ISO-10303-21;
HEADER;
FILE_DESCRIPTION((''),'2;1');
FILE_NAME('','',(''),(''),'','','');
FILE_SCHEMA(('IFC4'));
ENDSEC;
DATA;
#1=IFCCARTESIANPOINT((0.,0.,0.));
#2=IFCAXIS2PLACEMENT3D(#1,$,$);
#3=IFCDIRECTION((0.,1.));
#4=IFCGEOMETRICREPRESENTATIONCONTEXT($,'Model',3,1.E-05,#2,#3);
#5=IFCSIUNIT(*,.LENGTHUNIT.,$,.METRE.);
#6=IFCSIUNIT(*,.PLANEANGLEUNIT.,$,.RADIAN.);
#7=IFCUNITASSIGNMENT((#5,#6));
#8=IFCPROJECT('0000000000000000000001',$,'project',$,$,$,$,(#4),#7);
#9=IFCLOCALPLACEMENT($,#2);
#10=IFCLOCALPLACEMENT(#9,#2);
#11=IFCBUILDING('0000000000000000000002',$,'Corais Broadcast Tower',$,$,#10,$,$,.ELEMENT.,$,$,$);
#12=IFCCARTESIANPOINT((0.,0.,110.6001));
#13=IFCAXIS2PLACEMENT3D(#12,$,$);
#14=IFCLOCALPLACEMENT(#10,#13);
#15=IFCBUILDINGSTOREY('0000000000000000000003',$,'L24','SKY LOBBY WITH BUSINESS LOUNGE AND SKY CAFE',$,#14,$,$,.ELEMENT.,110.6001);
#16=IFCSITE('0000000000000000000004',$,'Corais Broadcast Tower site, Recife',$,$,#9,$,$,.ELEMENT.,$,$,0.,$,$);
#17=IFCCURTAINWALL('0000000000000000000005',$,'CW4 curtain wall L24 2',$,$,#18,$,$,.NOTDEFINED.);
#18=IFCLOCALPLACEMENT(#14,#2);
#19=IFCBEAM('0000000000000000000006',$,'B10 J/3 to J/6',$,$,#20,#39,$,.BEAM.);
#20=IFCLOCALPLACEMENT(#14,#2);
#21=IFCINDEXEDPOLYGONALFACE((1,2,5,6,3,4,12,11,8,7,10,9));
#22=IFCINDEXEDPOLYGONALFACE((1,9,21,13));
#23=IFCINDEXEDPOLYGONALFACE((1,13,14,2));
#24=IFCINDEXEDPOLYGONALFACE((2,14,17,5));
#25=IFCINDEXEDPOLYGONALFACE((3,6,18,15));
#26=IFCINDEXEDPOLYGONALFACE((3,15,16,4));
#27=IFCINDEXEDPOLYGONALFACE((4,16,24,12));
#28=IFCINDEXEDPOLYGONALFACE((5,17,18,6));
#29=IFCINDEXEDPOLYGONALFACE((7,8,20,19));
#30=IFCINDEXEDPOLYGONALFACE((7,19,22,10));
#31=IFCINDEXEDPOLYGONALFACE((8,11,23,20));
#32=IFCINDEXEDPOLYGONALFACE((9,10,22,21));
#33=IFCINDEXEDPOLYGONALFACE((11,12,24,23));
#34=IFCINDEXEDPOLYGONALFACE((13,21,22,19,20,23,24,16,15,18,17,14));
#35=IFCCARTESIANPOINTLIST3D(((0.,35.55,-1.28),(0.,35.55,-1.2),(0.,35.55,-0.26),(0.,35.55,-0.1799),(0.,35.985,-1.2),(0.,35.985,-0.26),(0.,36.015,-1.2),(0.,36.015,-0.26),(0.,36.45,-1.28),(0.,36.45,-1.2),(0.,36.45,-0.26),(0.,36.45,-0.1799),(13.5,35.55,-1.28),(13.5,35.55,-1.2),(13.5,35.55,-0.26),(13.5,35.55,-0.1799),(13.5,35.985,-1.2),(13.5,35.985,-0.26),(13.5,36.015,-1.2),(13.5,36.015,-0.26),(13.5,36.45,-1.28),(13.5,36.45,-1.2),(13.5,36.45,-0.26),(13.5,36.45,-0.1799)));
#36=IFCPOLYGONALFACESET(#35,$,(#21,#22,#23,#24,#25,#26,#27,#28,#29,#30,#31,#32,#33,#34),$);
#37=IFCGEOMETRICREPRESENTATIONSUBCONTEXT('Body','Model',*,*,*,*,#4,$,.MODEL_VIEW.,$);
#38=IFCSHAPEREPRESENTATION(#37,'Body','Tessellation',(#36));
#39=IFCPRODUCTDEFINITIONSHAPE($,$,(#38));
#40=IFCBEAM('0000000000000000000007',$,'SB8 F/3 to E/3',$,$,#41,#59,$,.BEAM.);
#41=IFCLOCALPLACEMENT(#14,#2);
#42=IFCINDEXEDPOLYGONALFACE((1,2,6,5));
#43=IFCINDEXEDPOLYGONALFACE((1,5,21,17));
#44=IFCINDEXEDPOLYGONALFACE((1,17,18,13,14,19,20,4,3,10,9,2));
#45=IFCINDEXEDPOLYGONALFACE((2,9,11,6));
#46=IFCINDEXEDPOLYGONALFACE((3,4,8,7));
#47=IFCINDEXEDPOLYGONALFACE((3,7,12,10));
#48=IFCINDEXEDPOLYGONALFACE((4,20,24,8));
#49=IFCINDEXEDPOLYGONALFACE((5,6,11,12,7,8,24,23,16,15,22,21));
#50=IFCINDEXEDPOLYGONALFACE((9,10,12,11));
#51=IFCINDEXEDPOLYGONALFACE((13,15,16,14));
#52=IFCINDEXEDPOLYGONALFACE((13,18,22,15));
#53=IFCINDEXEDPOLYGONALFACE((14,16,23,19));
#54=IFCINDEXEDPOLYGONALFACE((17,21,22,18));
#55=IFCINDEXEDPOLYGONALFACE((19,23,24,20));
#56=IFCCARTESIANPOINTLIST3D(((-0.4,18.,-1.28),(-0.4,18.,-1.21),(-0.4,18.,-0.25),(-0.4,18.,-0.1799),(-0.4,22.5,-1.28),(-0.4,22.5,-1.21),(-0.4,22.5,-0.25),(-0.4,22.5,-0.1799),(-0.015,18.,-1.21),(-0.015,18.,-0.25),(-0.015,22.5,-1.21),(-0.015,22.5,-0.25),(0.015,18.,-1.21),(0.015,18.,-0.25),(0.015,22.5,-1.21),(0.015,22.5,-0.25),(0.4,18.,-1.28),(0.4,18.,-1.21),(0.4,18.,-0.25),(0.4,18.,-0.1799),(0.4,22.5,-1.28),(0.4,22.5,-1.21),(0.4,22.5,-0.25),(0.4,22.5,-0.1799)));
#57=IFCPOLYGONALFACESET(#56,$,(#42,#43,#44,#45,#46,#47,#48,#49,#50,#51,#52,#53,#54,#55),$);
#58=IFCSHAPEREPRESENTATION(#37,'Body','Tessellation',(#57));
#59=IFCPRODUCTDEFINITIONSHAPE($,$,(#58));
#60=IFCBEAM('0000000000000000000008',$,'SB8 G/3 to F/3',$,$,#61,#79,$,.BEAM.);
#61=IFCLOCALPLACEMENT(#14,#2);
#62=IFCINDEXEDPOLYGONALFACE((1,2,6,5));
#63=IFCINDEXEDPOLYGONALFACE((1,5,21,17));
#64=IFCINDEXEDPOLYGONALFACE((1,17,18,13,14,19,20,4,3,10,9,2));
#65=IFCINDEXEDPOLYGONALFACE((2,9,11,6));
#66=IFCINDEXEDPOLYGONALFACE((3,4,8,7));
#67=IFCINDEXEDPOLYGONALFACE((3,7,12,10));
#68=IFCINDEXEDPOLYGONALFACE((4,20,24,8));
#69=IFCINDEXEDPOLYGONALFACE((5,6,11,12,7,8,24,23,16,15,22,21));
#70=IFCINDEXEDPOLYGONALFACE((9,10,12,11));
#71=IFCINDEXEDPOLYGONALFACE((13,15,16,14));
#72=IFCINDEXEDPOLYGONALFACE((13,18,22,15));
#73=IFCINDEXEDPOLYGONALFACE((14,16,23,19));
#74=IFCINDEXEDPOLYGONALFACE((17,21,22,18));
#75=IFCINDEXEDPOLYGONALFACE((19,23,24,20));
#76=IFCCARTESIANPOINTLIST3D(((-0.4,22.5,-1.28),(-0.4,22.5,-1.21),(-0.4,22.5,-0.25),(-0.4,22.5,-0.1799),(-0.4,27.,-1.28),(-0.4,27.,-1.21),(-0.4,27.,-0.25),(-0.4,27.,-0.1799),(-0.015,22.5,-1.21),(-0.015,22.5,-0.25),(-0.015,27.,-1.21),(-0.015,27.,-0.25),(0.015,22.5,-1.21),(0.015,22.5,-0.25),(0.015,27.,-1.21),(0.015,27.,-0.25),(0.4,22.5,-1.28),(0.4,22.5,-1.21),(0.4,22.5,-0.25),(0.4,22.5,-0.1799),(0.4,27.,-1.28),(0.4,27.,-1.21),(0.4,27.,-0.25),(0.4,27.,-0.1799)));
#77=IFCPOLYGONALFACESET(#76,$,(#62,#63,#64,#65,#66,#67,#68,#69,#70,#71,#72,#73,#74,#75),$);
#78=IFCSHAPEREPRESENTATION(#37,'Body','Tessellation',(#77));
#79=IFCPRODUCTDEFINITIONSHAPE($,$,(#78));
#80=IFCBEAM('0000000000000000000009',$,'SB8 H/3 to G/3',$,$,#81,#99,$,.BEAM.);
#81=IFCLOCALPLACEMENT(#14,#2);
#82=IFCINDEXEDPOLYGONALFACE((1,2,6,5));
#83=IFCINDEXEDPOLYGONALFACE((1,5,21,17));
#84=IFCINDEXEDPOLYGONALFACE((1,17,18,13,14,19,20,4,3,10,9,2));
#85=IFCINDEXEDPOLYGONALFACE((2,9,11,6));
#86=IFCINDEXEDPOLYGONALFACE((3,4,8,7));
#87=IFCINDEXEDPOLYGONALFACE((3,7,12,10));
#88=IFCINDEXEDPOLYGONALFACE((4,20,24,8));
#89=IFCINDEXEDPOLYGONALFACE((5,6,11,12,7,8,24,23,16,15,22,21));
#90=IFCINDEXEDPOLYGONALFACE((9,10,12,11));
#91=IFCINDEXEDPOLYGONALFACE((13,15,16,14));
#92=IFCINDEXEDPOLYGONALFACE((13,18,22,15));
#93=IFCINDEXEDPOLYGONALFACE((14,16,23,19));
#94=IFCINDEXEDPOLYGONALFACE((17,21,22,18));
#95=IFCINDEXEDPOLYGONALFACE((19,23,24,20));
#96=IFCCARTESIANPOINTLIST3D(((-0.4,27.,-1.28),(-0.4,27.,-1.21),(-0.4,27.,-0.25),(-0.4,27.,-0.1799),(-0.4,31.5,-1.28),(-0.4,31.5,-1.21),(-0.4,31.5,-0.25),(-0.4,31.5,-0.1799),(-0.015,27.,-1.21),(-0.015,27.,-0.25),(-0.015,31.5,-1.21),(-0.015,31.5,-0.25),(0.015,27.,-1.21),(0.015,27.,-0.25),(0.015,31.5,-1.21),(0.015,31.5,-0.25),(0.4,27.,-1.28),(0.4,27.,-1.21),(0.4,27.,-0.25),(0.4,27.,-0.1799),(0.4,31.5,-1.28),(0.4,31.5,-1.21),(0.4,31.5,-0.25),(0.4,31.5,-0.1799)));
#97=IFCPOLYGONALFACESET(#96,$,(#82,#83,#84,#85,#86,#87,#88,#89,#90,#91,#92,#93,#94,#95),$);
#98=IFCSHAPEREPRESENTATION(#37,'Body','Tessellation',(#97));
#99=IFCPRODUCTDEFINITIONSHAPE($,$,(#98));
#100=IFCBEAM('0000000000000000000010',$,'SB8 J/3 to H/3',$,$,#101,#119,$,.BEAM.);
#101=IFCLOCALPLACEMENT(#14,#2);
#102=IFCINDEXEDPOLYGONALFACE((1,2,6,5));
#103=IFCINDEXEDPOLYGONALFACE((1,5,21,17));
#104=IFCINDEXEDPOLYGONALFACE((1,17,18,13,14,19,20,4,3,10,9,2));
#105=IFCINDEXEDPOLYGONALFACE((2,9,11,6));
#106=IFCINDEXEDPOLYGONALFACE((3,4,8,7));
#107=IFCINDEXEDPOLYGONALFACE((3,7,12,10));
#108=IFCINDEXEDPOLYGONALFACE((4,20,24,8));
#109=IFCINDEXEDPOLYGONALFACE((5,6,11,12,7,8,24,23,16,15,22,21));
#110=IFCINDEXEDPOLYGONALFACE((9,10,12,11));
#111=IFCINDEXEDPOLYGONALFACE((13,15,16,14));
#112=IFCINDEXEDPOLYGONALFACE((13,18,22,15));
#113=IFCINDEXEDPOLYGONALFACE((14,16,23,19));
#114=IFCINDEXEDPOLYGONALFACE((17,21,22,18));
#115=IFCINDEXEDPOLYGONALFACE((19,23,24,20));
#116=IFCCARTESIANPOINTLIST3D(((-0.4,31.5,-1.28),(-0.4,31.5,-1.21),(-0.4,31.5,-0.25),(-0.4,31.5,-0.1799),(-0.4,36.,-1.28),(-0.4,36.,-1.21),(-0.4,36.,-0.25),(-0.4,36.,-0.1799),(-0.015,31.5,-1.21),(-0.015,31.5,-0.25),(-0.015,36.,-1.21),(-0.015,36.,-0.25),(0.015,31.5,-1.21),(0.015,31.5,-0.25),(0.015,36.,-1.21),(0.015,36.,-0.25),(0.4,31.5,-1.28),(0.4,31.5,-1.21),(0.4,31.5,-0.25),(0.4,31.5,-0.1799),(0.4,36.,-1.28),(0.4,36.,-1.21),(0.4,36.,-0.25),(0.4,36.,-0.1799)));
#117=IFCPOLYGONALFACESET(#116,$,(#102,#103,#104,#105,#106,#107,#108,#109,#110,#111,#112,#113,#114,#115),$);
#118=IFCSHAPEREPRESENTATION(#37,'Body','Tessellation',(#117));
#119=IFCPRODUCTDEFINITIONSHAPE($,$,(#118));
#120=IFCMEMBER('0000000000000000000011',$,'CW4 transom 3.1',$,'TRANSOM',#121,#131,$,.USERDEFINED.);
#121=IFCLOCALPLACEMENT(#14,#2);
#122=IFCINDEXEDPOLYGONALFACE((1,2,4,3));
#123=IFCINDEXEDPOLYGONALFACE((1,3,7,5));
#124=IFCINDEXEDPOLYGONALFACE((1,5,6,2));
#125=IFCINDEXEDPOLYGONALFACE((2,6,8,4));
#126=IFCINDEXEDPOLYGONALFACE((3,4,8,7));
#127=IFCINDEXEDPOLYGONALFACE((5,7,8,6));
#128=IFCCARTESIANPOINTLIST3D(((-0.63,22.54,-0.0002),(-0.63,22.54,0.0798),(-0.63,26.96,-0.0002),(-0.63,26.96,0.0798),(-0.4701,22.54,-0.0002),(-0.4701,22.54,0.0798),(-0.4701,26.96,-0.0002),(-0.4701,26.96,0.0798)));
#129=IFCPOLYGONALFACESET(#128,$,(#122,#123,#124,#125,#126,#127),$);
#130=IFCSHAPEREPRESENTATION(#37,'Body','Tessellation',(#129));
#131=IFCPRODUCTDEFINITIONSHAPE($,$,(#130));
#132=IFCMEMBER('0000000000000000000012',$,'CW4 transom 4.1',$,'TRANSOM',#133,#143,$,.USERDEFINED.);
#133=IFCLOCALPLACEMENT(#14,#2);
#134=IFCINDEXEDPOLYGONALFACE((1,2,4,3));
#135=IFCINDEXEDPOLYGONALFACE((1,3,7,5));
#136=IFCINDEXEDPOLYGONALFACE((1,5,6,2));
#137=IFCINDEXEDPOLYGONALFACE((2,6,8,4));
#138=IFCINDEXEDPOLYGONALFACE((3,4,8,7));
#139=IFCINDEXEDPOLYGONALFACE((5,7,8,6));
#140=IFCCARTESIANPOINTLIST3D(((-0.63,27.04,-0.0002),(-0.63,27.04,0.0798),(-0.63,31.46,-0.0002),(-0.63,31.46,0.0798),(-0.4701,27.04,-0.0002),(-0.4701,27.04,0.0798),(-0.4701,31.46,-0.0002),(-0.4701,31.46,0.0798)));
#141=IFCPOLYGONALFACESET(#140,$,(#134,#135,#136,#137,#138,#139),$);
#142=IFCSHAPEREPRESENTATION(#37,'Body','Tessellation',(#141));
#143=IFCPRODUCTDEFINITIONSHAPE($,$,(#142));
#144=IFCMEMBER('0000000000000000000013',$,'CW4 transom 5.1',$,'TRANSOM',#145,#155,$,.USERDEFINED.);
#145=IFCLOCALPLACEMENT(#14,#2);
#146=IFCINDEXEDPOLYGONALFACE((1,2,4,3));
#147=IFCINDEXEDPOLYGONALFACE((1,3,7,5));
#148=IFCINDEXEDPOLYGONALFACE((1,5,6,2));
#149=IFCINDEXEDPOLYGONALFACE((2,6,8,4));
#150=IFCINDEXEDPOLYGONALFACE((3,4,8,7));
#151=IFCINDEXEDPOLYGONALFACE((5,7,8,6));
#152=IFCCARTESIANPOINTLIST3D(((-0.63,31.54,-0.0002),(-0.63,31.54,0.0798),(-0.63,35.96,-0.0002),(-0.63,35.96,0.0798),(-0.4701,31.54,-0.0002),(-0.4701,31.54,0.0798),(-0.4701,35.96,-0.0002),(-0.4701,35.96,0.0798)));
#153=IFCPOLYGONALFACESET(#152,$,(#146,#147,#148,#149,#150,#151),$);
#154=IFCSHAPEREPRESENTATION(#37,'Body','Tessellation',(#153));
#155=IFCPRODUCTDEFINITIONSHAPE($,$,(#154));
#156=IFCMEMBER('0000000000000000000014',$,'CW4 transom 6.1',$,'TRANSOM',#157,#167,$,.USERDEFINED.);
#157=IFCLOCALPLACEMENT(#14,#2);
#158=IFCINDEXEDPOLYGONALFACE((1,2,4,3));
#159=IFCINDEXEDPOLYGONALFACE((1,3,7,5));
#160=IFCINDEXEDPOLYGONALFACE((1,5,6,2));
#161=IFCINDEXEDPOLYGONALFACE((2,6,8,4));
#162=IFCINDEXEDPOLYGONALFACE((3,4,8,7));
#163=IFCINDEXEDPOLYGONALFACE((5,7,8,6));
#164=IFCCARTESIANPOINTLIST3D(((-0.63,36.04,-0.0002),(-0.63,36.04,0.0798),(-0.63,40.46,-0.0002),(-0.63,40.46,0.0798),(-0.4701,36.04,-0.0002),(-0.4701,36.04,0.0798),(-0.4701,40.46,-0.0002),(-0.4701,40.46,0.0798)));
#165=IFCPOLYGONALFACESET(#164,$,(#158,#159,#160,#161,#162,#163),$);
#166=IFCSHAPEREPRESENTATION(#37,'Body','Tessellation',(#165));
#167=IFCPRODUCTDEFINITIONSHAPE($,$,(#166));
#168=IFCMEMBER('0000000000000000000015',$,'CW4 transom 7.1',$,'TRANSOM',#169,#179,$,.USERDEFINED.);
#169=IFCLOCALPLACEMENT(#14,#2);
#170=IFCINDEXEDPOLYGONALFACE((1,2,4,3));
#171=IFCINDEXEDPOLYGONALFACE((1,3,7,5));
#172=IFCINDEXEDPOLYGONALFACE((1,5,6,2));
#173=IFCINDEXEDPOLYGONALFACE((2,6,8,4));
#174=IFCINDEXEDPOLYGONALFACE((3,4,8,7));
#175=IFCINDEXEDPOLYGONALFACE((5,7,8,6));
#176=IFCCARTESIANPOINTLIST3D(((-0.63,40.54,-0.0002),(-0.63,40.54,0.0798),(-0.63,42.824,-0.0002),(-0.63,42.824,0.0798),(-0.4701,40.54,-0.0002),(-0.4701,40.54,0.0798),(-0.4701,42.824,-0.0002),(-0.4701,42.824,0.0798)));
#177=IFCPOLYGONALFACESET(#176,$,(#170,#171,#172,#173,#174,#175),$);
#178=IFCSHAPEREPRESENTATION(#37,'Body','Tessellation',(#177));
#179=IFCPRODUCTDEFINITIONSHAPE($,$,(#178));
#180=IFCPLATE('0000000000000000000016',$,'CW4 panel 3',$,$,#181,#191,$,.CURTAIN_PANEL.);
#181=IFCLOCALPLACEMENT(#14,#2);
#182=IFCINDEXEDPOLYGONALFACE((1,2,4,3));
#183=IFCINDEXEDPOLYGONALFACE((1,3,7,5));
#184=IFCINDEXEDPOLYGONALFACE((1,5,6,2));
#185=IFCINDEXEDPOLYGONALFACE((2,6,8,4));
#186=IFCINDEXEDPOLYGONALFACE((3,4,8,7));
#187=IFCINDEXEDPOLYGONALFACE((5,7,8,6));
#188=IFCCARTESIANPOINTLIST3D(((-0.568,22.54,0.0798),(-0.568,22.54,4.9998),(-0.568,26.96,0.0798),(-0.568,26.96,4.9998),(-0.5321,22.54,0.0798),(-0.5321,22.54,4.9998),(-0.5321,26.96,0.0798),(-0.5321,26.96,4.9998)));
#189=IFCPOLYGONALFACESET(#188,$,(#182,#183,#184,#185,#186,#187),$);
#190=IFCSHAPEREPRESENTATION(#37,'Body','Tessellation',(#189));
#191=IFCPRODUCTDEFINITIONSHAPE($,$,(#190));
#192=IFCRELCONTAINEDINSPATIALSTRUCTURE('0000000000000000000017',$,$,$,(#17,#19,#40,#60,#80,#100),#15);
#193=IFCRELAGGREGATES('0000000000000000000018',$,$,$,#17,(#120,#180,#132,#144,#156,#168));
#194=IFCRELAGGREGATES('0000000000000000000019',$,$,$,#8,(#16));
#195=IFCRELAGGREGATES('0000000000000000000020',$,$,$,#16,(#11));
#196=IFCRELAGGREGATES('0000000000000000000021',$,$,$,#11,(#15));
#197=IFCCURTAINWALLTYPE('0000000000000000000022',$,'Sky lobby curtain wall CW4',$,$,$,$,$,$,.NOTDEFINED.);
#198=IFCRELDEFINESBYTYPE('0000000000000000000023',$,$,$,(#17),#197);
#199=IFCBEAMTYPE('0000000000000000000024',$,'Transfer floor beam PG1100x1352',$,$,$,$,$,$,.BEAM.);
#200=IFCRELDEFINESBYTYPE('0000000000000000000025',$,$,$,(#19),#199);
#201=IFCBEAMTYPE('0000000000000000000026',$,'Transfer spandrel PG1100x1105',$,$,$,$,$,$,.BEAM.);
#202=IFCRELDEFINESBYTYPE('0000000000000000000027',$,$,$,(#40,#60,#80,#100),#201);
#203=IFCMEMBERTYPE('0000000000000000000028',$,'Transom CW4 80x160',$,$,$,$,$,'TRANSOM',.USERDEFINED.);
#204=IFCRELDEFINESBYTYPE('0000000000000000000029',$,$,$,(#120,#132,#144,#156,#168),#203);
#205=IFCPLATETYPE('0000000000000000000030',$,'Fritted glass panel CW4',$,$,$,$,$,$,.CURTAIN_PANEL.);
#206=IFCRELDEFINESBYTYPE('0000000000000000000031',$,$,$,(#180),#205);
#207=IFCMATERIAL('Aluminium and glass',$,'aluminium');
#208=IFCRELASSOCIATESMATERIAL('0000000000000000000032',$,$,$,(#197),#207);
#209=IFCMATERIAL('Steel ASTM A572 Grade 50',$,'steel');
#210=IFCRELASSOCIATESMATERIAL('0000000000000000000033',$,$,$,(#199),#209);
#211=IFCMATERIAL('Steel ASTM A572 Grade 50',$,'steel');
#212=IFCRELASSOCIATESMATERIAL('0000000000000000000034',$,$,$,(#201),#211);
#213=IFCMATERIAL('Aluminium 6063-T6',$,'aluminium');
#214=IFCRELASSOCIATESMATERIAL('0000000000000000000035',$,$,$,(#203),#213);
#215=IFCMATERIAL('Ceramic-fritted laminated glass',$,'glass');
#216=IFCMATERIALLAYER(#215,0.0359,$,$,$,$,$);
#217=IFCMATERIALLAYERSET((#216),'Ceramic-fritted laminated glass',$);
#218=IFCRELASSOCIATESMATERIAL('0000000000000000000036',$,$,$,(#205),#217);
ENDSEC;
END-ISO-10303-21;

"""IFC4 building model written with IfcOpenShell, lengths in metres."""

from ifc_helpers import new_model, si_unit, direction, frame, origin, origin_2d, place, context, subcontext, project, spatial, rectangle, i_section, extrude, material, layer, layer_set, material_profile, profile_set, type_object, element, aggregate, save


model = new_model("IFC4")

# Units and contexts
model_context = context("Model", 3, precision=1e-05, world=origin(), true_north=direction((0.0, 1.0)))
body_context = subcontext(model_context, "Body", "Model", "MODEL_VIEW")
ifc_project = project(units=[si_unit("LENGTHUNIT", "METRE"), si_unit("PLANEANGLEUNIT", "RADIAN")], contexts=[model_context])

# Site, building, storey
site_placement = place(None, origin())
site = spatial("IfcSite", under=ifc_project, at=site_placement, Name="Corais Broadcast Tower site, Recife", CompositionType="ELEMENT", RefElevation=0.0)
building_placement = place(site_placement, origin())
building = spatial("IfcBuilding", under=site, at=building_placement, Name="Corais Broadcast Tower", CompositionType="ELEMENT")
storey_placement = place(building_placement, frame((0.0, 0.0, 110.6001)))
storey = spatial("IfcBuildingStorey", under=building, at=storey_placement, Name="L24", Description="SKY LOBBY WITH BUSINESS LOUNGE AND SKY CAFE", CompositionType="ELEMENT", Elevation=110.6001)

# Curtain wall
ifc_material_1 = material(Name="Aluminium and glass", Category="aluminium")
curtain_wall_type = type_object("IfcCurtainWallType", Name="Sky lobby curtain wall CW4", PredefinedType="NOTDEFINED", material=ifc_material_1)
curtain_wall_placement = place(storey_placement, origin())
curtain_wall = element("IfcCurtainWall", 1, at=curtain_wall_placement, inside=storey, type_object=curtain_wall_type, Name="CW4 curtain wall L24 2", PredefinedType="NOTDEFINED")

# Beams
ifc_material_2 = material(Name="Steel ASTM A572 Grade 50", Category="steel")
ifc_material_profile_1 = material_profile(ifc_material_2, i_section(OverallWidth=0.8999, OverallDepth=1.1001, WebThickness=0.03, FlangeThickness=0.0801, at=origin_2d()), Name="PG1100x1352")
ifc_profile_set_1 = profile_set([ifc_material_profile_1], Name="Steel ASTM A572 Grade 50")
beam_type_1 = type_object("IfcBeamType", Name="Transfer floor beam PG1100x1352", PredefinedType="BEAM", material=ifc_profile_set_1)
for number, where, z_axis, x_axis, name in (
    (2, (0.0, 36.0, -0.73), (1.0, 0.0, 0.0), (0.0, 1.0, 0.0), "B10 J/3 to J/6"),
):
    element("IfcBeam", number, at=place(storey_placement, frame(where, z_axis=z_axis, x_axis=x_axis)), inside=storey, type_object=beam_type_1, Name=name, PredefinedType="BEAM", context=body_context, shape_type="SweptSolid", body=[
        extrude(i_section(OverallWidth=0.8999, OverallDepth=1.1001, WebThickness=0.03, FlangeThickness=0.0801, at=origin_2d()), origin(), (0.0, 0.0, 1.0), 13.5),
    ])
ifc_material_3 = material(Name="Steel ASTM A572 Grade 50", Category="steel")
ifc_material_profile_2 = material_profile(ifc_material_3, i_section(OverallWidth=0.8, OverallDepth=1.1001, WebThickness=0.03, FlangeThickness=0.0701, at=origin_2d()), Name="PG1100x1105")
ifc_profile_set_2 = profile_set([ifc_material_profile_2], Name="Steel ASTM A572 Grade 50")
beam_type_2 = type_object("IfcBeamType", Name="Transfer spandrel PG1100x1105", PredefinedType="BEAM", material=ifc_profile_set_2)
for number, where, z_axis, x_axis, name in (
    (3, (0.0, 22.5, -0.73), (0.0, -1.0, 0.0), (1.0, 0.0, 0.0), "SB8 F/3 to E/3"),
    (4, (0.0, 27.0, -0.73), (0.0, -1.0, 0.0), (1.0, 0.0, 0.0), "SB8 G/3 to F/3"),
    (5, (0.0, 31.5, -0.73), (0.0, -1.0, 0.0), (1.0, 0.0, 0.0), "SB8 H/3 to G/3"),
    (6, (0.0, 36.0, -0.73), (0.0, -1.0, 0.0), (1.0, 0.0, 0.0), "SB8 J/3 to H/3"),
):
    element("IfcBeam", number, at=place(storey_placement, frame(where, z_axis=z_axis, x_axis=x_axis)), inside=storey, type_object=beam_type_2, Name=name, PredefinedType="BEAM", context=body_context, shape_type="SweptSolid", body=[
        extrude(i_section(OverallWidth=0.8, OverallDepth=1.1001, WebThickness=0.03, FlangeThickness=0.0701, at=origin_2d()), origin(), (0.0, 0.0, 1.0), 4.5),
    ])

# Members
ifc_material_4 = material(Name="Aluminium 6063-T6", Category="aluminium")
ifc_material_profile_3 = material_profile(ifc_material_4, rectangle(XDim=0.1599, YDim=0.0801, at=origin_2d()), Name="Transom CW4 80x160")
ifc_profile_set_3 = profile_set([ifc_material_profile_3], Name="Aluminium 6063-T6")
member_type_1 = type_object("IfcMemberType", Name="Transom CW4 80x160", ElementType="TRANSOM", PredefinedType="USERDEFINED", material=ifc_profile_set_3)
member_1_placement = place(storey_placement, frame((-0.55, 22.54, 0.0398), z_axis=(0.0, 1.0, 0.0), x_axis=(-1.0, 0.0, 0.0)))
member_1 = element("IfcMember", 7, at=member_1_placement, type_object=member_type_1, Name="CW4 transom 3.1", ObjectType="TRANSOM", PredefinedType="USERDEFINED", context=body_context, shape_type="SweptSolid", body=[
    extrude(rectangle(XDim=0.1599, YDim=0.0801, at=origin_2d()), origin(), (0.0, 0.0, 1.0), 4.4199),
])
member_2_placement = place(storey_placement, frame((-0.55, 27.04, 0.0398), z_axis=(0.0, 1.0, 0.0), x_axis=(-1.0, 0.0, 0.0)))
member_2 = element("IfcMember", 8, at=member_2_placement, type_object=member_type_1, Name="CW4 transom 4.1", ObjectType="TRANSOM", PredefinedType="USERDEFINED", context=body_context, shape_type="SweptSolid", body=[
    extrude(rectangle(XDim=0.1599, YDim=0.0801, at=origin_2d()), origin(), (0.0, 0.0, 1.0), 4.4199),
])
member_3_placement = place(storey_placement, frame((-0.55, 31.54, 0.0398), z_axis=(0.0, 1.0, 0.0), x_axis=(-1.0, 0.0, 0.0)))
member_3 = element("IfcMember", 9, at=member_3_placement, type_object=member_type_1, Name="CW4 transom 5.1", ObjectType="TRANSOM", PredefinedType="USERDEFINED", context=body_context, shape_type="SweptSolid", body=[
    extrude(rectangle(XDim=0.1599, YDim=0.0801, at=origin_2d()), origin(), (0.0, 0.0, 1.0), 4.4199),
])
member_4_placement = place(storey_placement, frame((-0.55, 36.04, 0.0398), z_axis=(0.0, 1.0, 0.0), x_axis=(-1.0, 0.0, 0.0)))
member_4 = element("IfcMember", 10, at=member_4_placement, type_object=member_type_1, Name="CW4 transom 6.1", ObjectType="TRANSOM", PredefinedType="USERDEFINED", context=body_context, shape_type="SweptSolid", body=[
    extrude(rectangle(XDim=0.1599, YDim=0.0801, at=origin_2d()), origin(), (0.0, 0.0, 1.0), 4.4199),
])
member_5_placement = place(storey_placement, frame((-0.55, 40.54, 0.0398), z_axis=(0.0, 1.0, 0.0), x_axis=(-1.0, 0.0, 0.0)))
member_5 = element("IfcMember", 11, at=member_5_placement, type_object=member_type_1, Name="CW4 transom 7.1", ObjectType="TRANSOM", PredefinedType="USERDEFINED", context=body_context, shape_type="SweptSolid", body=[
    extrude(rectangle(XDim=0.1599, YDim=0.0801, at=origin_2d()), origin(), (0.0, 0.0, 1.0), 2.2839),
])

# Plate
ifc_material_5 = material(Name="Ceramic-fritted laminated glass", Category="glass")
ifc_layer_1 = layer(ifc_material_5, 0.0359)
ifc_layer_set_1 = layer_set([ifc_layer_1], Name="Ceramic-fritted laminated glass")
plate_type_1 = type_object("IfcPlateType", Name="Fritted glass panel CW4", PredefinedType="CURTAIN_PANEL", material=ifc_layer_set_1)
plate_1_placement = place(storey_placement, frame((-0.55, 24.75, 0.0798), z_axis=(0.0, 0.0, 1.0), x_axis=(0.0, 1.0, 0.0)))
plate_1 = element("IfcPlate", 12, at=plate_1_placement, type_object=plate_type_1, Name="CW4 panel 3", PredefinedType="CURTAIN_PANEL", context=body_context, shape_type="SweptSolid", body=[
    extrude(rectangle(XDim=4.4199, YDim=0.0359, at=origin_2d()), origin(), (0.0, 0.0, 1.0), 4.9199),
])
aggregate(curtain_wall, [member_1, plate_1, member_2, member_3, member_4, member_5])

save(model, "model.ifc")
